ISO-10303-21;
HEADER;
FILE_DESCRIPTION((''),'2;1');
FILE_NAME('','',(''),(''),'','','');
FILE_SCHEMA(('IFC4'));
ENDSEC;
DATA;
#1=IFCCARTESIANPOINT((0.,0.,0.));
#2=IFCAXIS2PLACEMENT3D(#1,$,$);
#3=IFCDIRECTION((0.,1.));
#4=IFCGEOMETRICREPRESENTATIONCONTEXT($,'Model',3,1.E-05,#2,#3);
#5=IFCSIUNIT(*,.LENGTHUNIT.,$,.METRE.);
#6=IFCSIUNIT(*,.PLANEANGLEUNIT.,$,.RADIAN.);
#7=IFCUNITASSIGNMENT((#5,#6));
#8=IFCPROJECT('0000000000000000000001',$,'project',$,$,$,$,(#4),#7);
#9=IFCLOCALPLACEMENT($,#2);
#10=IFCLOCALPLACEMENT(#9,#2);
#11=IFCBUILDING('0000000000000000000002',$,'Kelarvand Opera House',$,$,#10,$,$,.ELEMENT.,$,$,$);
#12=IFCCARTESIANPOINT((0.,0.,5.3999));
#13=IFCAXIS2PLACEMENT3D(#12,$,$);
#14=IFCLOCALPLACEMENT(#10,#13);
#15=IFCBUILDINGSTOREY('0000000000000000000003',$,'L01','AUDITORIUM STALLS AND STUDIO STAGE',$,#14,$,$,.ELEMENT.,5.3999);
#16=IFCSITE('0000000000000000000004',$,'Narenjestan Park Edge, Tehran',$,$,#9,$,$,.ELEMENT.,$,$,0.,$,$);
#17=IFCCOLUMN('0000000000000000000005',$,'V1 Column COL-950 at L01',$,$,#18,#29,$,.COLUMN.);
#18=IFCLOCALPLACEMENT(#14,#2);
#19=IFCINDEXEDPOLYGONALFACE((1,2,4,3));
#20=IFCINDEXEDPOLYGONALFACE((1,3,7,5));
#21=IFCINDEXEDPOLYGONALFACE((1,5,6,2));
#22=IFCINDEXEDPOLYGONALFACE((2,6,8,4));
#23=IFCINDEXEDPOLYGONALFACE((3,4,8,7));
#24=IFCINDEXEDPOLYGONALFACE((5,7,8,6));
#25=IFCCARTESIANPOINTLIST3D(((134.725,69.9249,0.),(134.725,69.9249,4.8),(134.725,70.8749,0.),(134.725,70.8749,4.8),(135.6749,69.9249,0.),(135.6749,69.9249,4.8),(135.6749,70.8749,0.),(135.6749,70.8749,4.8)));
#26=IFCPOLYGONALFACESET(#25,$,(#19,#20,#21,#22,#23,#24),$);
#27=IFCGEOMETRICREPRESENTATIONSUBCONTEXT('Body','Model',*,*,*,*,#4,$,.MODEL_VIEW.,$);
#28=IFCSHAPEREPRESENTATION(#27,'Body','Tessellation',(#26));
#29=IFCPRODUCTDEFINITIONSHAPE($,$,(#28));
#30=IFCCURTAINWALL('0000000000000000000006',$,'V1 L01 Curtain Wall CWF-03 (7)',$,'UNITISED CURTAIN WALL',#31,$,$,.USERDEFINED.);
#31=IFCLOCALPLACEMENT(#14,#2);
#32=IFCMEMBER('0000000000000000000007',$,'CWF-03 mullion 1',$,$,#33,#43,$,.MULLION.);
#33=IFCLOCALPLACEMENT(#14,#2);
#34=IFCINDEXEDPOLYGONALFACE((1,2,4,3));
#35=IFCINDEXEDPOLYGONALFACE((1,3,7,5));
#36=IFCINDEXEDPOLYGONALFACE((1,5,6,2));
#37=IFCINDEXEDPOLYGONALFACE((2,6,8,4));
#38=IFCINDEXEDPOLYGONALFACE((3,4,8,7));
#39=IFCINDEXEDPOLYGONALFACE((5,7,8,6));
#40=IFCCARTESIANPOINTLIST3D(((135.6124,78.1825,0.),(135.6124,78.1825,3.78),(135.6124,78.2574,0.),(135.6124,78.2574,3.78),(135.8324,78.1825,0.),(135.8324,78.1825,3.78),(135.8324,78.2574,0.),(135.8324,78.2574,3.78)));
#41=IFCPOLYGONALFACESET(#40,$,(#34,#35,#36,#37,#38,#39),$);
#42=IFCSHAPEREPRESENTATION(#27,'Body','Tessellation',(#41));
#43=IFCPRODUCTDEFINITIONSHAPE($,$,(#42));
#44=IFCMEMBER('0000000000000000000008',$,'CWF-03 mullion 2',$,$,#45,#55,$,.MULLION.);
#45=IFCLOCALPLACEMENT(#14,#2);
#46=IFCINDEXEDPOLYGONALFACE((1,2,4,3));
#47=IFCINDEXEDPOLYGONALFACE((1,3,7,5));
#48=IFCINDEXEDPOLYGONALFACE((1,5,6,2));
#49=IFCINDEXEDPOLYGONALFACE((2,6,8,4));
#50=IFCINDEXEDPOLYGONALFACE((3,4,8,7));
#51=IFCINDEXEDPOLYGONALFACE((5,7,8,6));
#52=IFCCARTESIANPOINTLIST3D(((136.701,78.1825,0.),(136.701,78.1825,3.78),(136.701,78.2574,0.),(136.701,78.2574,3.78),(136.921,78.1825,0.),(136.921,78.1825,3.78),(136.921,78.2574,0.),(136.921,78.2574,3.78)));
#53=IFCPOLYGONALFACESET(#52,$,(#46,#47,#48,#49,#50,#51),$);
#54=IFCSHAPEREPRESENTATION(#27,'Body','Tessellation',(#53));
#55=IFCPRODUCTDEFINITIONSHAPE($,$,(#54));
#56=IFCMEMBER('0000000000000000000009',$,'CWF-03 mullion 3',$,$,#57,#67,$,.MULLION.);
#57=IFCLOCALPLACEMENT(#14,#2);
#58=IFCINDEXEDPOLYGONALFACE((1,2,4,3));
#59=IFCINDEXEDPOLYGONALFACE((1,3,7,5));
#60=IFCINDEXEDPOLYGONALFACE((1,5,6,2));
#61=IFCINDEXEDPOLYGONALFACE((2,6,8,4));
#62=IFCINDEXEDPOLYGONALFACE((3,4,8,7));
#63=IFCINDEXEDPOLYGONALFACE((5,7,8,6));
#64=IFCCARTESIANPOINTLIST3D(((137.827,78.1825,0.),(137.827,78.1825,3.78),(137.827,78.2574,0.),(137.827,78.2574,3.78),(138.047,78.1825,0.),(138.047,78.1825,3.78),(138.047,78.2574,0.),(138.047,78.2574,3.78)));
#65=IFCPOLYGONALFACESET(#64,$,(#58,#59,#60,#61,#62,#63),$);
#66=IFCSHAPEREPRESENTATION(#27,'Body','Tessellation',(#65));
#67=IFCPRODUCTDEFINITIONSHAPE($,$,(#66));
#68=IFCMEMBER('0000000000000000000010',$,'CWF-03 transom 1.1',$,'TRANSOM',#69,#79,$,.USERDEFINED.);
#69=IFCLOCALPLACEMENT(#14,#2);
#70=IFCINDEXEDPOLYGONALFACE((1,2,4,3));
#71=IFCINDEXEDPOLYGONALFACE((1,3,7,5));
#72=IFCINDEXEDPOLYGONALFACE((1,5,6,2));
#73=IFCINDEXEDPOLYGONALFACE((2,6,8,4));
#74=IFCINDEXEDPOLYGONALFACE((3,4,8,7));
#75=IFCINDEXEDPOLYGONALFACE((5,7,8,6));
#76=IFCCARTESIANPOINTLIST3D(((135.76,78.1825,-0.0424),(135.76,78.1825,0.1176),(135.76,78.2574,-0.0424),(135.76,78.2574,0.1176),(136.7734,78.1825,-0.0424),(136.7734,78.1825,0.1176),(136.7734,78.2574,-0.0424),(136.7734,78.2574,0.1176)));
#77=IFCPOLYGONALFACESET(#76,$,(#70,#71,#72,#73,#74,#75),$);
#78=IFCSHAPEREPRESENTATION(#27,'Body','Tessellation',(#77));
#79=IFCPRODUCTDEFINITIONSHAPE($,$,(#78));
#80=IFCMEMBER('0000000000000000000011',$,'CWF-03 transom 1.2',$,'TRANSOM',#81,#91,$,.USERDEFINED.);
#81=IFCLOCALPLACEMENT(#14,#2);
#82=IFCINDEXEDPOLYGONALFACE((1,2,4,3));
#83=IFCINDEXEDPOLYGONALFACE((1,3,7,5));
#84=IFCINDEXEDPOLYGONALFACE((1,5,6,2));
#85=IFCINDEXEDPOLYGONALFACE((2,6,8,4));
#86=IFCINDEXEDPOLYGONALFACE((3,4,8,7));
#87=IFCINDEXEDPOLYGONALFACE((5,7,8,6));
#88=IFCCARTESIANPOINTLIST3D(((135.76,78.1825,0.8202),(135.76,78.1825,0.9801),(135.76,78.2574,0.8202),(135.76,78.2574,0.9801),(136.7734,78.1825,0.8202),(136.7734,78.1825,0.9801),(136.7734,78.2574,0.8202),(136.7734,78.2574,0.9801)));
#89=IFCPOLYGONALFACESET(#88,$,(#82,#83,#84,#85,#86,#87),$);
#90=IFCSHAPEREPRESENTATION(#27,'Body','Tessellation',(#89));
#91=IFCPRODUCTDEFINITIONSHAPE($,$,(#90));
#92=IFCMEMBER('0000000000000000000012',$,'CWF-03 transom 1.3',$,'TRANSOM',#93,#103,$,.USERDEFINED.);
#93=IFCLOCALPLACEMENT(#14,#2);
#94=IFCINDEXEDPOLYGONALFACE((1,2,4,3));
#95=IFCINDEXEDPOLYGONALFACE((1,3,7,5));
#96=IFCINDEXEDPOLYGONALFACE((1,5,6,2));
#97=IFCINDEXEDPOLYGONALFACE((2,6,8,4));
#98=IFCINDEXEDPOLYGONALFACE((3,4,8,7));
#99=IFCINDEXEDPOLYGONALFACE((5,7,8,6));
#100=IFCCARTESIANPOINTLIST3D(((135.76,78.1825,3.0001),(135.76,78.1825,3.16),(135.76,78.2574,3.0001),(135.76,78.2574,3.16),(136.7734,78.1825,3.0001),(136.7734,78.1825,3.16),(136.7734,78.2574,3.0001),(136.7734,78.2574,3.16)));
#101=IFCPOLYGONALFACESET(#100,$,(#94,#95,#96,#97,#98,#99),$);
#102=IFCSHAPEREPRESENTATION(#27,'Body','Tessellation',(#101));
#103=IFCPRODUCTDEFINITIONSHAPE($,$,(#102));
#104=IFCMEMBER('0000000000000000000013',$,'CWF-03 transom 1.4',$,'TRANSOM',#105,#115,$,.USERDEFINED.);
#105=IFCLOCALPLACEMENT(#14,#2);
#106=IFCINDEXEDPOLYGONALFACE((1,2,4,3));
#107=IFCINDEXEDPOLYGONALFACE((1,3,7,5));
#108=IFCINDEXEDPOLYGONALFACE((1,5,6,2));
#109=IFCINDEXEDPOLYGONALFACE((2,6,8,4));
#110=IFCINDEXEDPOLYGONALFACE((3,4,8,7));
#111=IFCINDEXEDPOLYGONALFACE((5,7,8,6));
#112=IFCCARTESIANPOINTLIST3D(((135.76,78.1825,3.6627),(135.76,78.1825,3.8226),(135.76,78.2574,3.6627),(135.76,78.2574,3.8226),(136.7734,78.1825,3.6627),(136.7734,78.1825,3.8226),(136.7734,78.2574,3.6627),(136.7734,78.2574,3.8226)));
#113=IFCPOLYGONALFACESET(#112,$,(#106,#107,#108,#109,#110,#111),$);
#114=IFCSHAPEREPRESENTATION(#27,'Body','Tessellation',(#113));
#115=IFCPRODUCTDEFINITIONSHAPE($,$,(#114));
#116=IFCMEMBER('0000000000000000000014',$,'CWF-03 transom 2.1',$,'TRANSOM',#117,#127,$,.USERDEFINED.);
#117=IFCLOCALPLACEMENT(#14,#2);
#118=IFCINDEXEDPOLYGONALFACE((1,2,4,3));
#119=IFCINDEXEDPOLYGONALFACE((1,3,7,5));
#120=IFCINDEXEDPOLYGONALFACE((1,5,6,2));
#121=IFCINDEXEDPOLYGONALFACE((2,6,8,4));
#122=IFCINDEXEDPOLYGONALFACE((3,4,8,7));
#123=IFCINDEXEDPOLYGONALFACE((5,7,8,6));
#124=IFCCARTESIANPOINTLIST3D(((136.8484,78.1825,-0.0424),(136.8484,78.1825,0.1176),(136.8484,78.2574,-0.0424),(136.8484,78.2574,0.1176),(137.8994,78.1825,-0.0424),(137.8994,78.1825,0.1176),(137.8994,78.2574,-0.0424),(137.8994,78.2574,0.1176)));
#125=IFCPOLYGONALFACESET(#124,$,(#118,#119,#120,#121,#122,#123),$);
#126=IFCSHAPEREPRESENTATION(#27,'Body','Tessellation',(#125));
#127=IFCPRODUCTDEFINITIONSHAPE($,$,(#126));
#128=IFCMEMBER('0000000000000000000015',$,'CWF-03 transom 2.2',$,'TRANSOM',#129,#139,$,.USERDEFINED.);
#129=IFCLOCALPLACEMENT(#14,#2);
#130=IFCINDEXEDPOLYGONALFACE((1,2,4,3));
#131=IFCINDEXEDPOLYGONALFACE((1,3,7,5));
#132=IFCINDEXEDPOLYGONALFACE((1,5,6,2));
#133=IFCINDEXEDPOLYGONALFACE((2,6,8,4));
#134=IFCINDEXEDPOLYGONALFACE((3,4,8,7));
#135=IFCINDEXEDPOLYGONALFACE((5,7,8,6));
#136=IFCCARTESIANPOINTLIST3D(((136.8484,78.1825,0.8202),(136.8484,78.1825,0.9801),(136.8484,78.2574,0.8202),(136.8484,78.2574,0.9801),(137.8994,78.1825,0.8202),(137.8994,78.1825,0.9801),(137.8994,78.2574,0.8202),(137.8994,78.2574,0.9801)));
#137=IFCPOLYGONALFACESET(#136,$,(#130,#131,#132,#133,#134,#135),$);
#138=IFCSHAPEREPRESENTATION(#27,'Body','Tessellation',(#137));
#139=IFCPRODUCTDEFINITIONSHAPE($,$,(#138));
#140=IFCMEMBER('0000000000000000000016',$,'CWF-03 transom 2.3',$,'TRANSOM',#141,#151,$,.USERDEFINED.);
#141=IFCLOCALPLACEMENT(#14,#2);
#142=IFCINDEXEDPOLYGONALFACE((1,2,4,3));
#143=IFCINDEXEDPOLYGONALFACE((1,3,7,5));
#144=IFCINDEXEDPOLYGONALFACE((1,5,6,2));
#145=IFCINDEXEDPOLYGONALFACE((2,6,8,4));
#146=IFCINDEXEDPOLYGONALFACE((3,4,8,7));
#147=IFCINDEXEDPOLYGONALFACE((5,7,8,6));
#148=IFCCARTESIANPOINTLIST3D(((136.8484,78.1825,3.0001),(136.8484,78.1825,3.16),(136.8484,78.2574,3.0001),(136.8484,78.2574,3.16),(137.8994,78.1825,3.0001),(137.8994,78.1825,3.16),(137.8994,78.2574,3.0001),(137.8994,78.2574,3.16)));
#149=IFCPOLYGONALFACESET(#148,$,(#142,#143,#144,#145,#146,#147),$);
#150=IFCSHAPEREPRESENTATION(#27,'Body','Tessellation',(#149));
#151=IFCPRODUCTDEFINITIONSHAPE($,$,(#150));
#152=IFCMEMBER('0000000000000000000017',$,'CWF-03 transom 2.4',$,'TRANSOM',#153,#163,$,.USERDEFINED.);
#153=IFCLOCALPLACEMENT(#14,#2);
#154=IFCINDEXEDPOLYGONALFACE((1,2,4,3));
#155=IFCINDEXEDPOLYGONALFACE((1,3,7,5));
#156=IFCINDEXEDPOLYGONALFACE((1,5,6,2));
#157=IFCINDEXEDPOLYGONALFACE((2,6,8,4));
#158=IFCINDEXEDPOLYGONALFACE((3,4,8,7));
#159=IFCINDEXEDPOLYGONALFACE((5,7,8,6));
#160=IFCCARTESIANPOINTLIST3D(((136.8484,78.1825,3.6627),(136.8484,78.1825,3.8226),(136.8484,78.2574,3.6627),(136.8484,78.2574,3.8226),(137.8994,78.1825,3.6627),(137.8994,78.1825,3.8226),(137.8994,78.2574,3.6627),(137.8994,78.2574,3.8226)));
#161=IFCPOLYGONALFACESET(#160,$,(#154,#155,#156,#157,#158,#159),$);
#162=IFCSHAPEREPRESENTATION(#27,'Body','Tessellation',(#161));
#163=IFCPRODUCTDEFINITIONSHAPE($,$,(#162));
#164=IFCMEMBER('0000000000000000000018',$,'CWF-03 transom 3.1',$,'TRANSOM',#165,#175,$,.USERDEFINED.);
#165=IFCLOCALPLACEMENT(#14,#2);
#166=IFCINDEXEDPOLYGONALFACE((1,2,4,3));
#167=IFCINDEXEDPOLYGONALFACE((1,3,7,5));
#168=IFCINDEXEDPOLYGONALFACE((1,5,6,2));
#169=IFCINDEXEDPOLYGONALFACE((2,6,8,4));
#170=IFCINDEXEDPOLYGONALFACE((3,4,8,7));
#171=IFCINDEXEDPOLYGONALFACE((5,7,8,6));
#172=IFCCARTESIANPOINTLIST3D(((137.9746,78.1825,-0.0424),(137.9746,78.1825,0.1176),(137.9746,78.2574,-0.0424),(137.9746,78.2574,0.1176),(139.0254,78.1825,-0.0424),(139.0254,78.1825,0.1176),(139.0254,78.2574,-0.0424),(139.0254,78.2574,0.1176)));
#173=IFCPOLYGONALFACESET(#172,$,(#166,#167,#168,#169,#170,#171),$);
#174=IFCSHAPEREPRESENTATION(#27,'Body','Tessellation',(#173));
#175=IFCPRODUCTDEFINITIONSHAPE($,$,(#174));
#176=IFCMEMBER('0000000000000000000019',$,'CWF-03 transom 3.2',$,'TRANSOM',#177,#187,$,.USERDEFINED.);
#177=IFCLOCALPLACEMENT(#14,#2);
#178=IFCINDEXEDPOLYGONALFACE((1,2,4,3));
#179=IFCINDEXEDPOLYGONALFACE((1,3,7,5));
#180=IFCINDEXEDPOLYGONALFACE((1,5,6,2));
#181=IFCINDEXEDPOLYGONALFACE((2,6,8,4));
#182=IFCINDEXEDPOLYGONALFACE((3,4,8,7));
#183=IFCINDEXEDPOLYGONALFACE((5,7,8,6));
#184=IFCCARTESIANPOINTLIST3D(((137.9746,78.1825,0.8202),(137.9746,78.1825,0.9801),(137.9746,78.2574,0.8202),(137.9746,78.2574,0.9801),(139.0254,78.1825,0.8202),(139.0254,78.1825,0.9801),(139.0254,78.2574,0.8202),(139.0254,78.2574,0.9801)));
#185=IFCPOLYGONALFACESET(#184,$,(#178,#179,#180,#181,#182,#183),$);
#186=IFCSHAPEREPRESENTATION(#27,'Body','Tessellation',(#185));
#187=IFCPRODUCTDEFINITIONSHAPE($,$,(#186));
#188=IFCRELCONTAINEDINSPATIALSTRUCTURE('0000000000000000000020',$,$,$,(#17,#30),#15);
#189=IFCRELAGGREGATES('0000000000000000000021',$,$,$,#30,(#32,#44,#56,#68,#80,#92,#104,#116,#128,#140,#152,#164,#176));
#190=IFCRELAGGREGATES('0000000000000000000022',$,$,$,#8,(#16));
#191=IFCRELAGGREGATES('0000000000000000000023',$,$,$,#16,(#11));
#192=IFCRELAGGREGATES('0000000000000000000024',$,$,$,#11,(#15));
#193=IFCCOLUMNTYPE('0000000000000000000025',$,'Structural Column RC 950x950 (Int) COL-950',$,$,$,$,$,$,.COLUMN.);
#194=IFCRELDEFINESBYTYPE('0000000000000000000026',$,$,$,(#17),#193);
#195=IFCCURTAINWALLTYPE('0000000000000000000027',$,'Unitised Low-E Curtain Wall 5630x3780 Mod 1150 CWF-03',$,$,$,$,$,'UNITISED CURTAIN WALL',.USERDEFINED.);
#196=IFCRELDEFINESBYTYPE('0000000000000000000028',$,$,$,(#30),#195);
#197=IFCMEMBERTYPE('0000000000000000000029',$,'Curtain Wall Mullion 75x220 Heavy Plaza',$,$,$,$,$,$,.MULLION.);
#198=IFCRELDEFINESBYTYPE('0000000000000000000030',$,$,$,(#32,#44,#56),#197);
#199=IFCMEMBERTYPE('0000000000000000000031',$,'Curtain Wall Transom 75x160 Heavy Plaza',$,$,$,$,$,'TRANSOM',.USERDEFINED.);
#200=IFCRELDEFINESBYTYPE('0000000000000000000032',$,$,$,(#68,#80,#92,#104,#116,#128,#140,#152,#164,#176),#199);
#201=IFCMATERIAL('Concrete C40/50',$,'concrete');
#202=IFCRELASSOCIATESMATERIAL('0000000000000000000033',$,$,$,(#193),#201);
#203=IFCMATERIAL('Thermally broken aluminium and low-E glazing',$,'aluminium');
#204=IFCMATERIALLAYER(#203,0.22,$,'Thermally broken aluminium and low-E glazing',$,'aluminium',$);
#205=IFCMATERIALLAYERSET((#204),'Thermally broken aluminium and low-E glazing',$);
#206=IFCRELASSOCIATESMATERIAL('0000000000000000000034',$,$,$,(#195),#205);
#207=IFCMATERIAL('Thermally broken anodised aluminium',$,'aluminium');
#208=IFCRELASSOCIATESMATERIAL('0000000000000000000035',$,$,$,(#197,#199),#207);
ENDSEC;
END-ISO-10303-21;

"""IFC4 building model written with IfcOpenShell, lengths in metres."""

from ifc_helpers import new_model, si_unit, direction, frame, origin, origin_2d, place, context, subcontext, project, spatial, rectangle, extrude, material, layer, layer_set, material_profile, profile_set, type_object, element, aggregate, save


model = new_model("IFC4")

# Units and contexts
model_context = context("Model", 3, precision=1e-05, world=origin(), true_north=direction((0.0, 1.0)))
body_context = subcontext(model_context, "Body", "Model", "MODEL_VIEW")
ifc_project = project(units=[si_unit("LENGTHUNIT", "METRE"), si_unit("PLANEANGLEUNIT", "RADIAN")], contexts=[model_context])

# Site, building, storey
site_placement = place(None, origin())
site = spatial("IfcSite", under=ifc_project, at=site_placement, Name="Narenjestan Park Edge, Tehran", CompositionType="ELEMENT", RefElevation=0.0)
building_placement = place(site_placement, origin())
building = spatial("IfcBuilding", under=site, at=building_placement, Name="Kelarvand Opera House", CompositionType="ELEMENT")
storey_placement = place(building_placement, frame((0.0, 0.0, 5.3999)))
storey = spatial("IfcBuildingStorey", under=building, at=storey_placement, Name="L01", Description="AUDITORIUM STALLS AND STUDIO STAGE", CompositionType="ELEMENT", Elevation=5.3999)

# Column
ifc_material_1 = material(Name="Concrete C40/50", Category="concrete")
ifc_material_profile_1 = material_profile(ifc_material_1, rectangle(XDim=0.95, YDim=0.95, at=origin_2d()), Name="RC 950x950", Category="concrete")
ifc_profile_set_1 = profile_set([ifc_material_profile_1], Name="Concrete C40/50")
column_type = type_object("IfcColumnType", Name="Structural Column RC 950x950 (Int) COL-950", PredefinedType="COLUMN", material=ifc_profile_set_1)
column_placement = place(storey_placement, frame((135.2, 70.3999, 0.0), z_axis=(0.0, 0.0, 1.0), x_axis=(1.0, 0.0, 0.0)))
element("IfcColumn", 1, at=column_placement, inside=storey, type_object=column_type, Name="V1 Column COL-950 at L01", PredefinedType="COLUMN", context=body_context, shape_type="SweptSolid", body=[
    extrude(rectangle(XDim=0.95, YDim=0.95, at=origin_2d()), origin(), (0.0, 0.0, 1.0), 4.8),
])

# Curtain wall, members
ifc_material_2 = material(Name="Thermally broken aluminium and low-E glazing", Category="aluminium")
ifc_layer_1 = layer(ifc_material_2, 0.22, Name="Thermally broken aluminium and low-E glazing", Category="aluminium")
ifc_layer_set_1 = layer_set([ifc_layer_1], Name="Thermally broken aluminium and low-E glazing")
curtain_wall_type = type_object("IfcCurtainWallType", Name="Unitised Low-E Curtain Wall 5630x3780 Mod 1150 CWF-03", ElementType="UNITISED CURTAIN WALL", PredefinedType="USERDEFINED", material=ifc_layer_set_1)
curtain_wall_placement = place(storey_placement, origin())
curtain_wall = element("IfcCurtainWall", 2, at=curtain_wall_placement, inside=storey, type_object=curtain_wall_type, Name="V1 L01 Curtain Wall CWF-03 (7)", ObjectType="UNITISED CURTAIN WALL", PredefinedType="USERDEFINED")
ifc_material_3 = material(Name="Thermally broken anodised aluminium", Category="aluminium")
ifc_material_profile_2 = material_profile(ifc_material_3, rectangle(XDim=0.075, YDim=0.22, at=origin_2d()), Name="ALU MULLION 75x220", Category="aluminium")
ifc_profile_set_2 = profile_set([ifc_material_profile_2], Name="Thermally broken anodised aluminium")
member_type_1 = type_object("IfcMemberType", Name="Curtain Wall Mullion 75x220 Heavy Plaza", PredefinedType="MULLION", material=ifc_profile_set_2)
member_1_placement = place(storey_placement, frame((135.7224, 78.22, 0.0), z_axis=(0.0, 0.0, 1.0), x_axis=(0.0, 1.0, 0.0)))
member_1 = element("IfcMember", 3, at=member_1_placement, type_object=member_type_1, Name="CWF-03 mullion 1", PredefinedType="MULLION", context=body_context, shape_type="SweptSolid", body=[
    extrude(rectangle(XDim=0.075, YDim=0.22, at=origin_2d()), origin(), (0.0, 0.0, 1.0), 3.78),
])
member_2_placement = place(storey_placement, frame((136.811, 78.22, 0.0), z_axis=(0.0, 0.0, 1.0), x_axis=(0.0, 1.0, 0.0)))
member_2 = element("IfcMember", 4, at=member_2_placement, type_object=member_type_1, Name="CWF-03 mullion 2", PredefinedType="MULLION", context=body_context, shape_type="SweptSolid", body=[
    extrude(rectangle(XDim=0.075, YDim=0.22, at=origin_2d()), origin(), (0.0, 0.0, 1.0), 3.78),
])
member_3_placement = place(storey_placement, frame((137.937, 78.22, 0.0), z_axis=(0.0, 0.0, 1.0), x_axis=(0.0, 1.0, 0.0)))
member_3 = element("IfcMember", 5, at=member_3_placement, type_object=member_type_1, Name="CWF-03 mullion 3", PredefinedType="MULLION", context=body_context, shape_type="SweptSolid", body=[
    extrude(rectangle(XDim=0.075, YDim=0.22, at=origin_2d()), origin(), (0.0, 0.0, 1.0), 3.78),
])
ifc_material_profile_3 = material_profile(ifc_material_3, rectangle(XDim=0.075, YDim=0.1599, at=origin_2d()), Name="ALU TRANSOM 75x160", Category="aluminium")
ifc_profile_set_3 = profile_set([ifc_material_profile_3], Name="Thermally broken anodised aluminium")
member_type_2 = type_object("IfcMemberType", Name="Curtain Wall Transom 75x160 Heavy Plaza", ElementType="TRANSOM", PredefinedType="USERDEFINED", material=ifc_profile_set_3)
member_4_placement = place(storey_placement, frame((135.76, 78.22, 0.0376), z_axis=(1.0, 0.0, 0.0), x_axis=(0.0, 1.0, 0.0)))
member_4 = element("IfcMember", 6, at=member_4_placement, type_object=member_type_2, Name="CWF-03 transom 1.1", ObjectType="TRANSOM", PredefinedType="USERDEFINED", context=body_context, shape_type="SweptSolid", body=[
    extrude(rectangle(XDim=0.075, YDim=0.1599, at=origin_2d()), origin(), (0.0, 0.0, 1.0), 1.0134),
])
member_5_placement = place(storey_placement, frame((135.76, 78.22, 0.9001), z_axis=(1.0, 0.0, 0.0), x_axis=(0.0, 1.0, 0.0)))
member_5 = element("IfcMember", 7, at=member_5_placement, type_object=member_type_2, Name="CWF-03 transom 1.2", ObjectType="TRANSOM", PredefinedType="USERDEFINED", context=body_context, shape_type="SweptSolid", body=[
    extrude(rectangle(XDim=0.075, YDim=0.1599, at=origin_2d()), origin(), (0.0, 0.0, 1.0), 1.0134),
])
member_6_placement = place(storey_placement, frame((135.76, 78.22, 3.0801), z_axis=(1.0, 0.0, 0.0), x_axis=(0.0, 1.0, 0.0)))
member_6 = element("IfcMember", 8, at=member_6_placement, type_object=member_type_2, Name="CWF-03 transom 1.3", ObjectType="TRANSOM", PredefinedType="USERDEFINED", context=body_context, shape_type="SweptSolid", body=[
    extrude(rectangle(XDim=0.075, YDim=0.1599, at=origin_2d()), origin(), (0.0, 0.0, 1.0), 1.0134),
])
member_7_placement = place(storey_placement, frame((135.76, 78.22, 3.7427), z_axis=(1.0, 0.0, 0.0), x_axis=(0.0, 1.0, 0.0)))
member_7 = element("IfcMember", 9, at=member_7_placement, type_object=member_type_2, Name="CWF-03 transom 1.4", ObjectType="TRANSOM", PredefinedType="USERDEFINED", context=body_context, shape_type="SweptSolid", body=[
    extrude(rectangle(XDim=0.075, YDim=0.1599, at=origin_2d()), origin(), (0.0, 0.0, 1.0), 1.0134),
])
member_8_placement = place(storey_placement, frame((136.8484, 78.22, 0.0376), z_axis=(1.0, 0.0, 0.0), x_axis=(0.0, 1.0, 0.0)))
member_8 = element("IfcMember", 10, at=member_8_placement, type_object=member_type_2, Name="CWF-03 transom 2.1", ObjectType="TRANSOM", PredefinedType="USERDEFINED", context=body_context, shape_type="SweptSolid", body=[
    extrude(rectangle(XDim=0.075, YDim=0.1599, at=origin_2d()), origin(), (0.0, 0.0, 1.0), 1.051),
])
member_9_placement = place(storey_placement, frame((136.8484, 78.22, 0.9001), z_axis=(1.0, 0.0, 0.0), x_axis=(0.0, 1.0, 0.0)))
member_9 = element("IfcMember", 11, at=member_9_placement, type_object=member_type_2, Name="CWF-03 transom 2.2", ObjectType="TRANSOM", PredefinedType="USERDEFINED", context=body_context, shape_type="SweptSolid", body=[
    extrude(rectangle(XDim=0.075, YDim=0.1599, at=origin_2d()), origin(), (0.0, 0.0, 1.0), 1.051),
])
member_10_placement = place(storey_placement, frame((136.8484, 78.22, 3.0801), z_axis=(1.0, 0.0, 0.0), x_axis=(0.0, 1.0, 0.0)))
member_10 = element("IfcMember", 12, at=member_10_placement, type_object=member_type_2, Name="CWF-03 transom 2.3", ObjectType="TRANSOM", PredefinedType="USERDEFINED", context=body_context, shape_type="SweptSolid", body=[
    extrude(rectangle(XDim=0.075, YDim=0.1599, at=origin_2d()), origin(), (0.0, 0.0, 1.0), 1.051),
])
member_11_placement = place(storey_placement, frame((136.8484, 78.22, 3.7427), z_axis=(1.0, 0.0, 0.0), x_axis=(0.0, 1.0, 0.0)))
member_11 = element("IfcMember", 13, at=member_11_placement, type_object=member_type_2, Name="CWF-03 transom 2.4", ObjectType="TRANSOM", PredefinedType="USERDEFINED", context=body_context, shape_type="SweptSolid", body=[
    extrude(rectangle(XDim=0.075, YDim=0.1599, at=origin_2d()), origin(), (0.0, 0.0, 1.0), 1.051),
])
member_12_placement = place(storey_placement, frame((137.9746, 78.22, 0.0376), z_axis=(1.0, 0.0, 0.0), x_axis=(0.0, 1.0, 0.0)))
member_12 = element("IfcMember", 14, at=member_12_placement, type_object=member_type_2, Name="CWF-03 transom 3.1", ObjectType="TRANSOM", PredefinedType="USERDEFINED", context=body_context, shape_type="SweptSolid", body=[
    extrude(rectangle(XDim=0.075, YDim=0.1599, at=origin_2d()), origin(), (0.0, 0.0, 1.0), 1.0508),
])
member_13_placement = place(storey_placement, frame((137.9746, 78.22, 0.9001), z_axis=(1.0, 0.0, 0.0), x_axis=(0.0, 1.0, 0.0)))
member_13 = element("IfcMember", 15, at=member_13_placement, type_object=member_type_2, Name="CWF-03 transom 3.2", ObjectType="TRANSOM", PredefinedType="USERDEFINED", context=body_context, shape_type="SweptSolid", body=[
    extrude(rectangle(XDim=0.075, YDim=0.1599, at=origin_2d()), origin(), (0.0, 0.0, 1.0), 1.0508),
])

aggregate(curtain_wall, [member_1, member_2, member_3, member_4, member_5, member_6, member_7, member_8, member_9, member_10, member_11, member_12, member_13])

save(model, "model.ifc")
